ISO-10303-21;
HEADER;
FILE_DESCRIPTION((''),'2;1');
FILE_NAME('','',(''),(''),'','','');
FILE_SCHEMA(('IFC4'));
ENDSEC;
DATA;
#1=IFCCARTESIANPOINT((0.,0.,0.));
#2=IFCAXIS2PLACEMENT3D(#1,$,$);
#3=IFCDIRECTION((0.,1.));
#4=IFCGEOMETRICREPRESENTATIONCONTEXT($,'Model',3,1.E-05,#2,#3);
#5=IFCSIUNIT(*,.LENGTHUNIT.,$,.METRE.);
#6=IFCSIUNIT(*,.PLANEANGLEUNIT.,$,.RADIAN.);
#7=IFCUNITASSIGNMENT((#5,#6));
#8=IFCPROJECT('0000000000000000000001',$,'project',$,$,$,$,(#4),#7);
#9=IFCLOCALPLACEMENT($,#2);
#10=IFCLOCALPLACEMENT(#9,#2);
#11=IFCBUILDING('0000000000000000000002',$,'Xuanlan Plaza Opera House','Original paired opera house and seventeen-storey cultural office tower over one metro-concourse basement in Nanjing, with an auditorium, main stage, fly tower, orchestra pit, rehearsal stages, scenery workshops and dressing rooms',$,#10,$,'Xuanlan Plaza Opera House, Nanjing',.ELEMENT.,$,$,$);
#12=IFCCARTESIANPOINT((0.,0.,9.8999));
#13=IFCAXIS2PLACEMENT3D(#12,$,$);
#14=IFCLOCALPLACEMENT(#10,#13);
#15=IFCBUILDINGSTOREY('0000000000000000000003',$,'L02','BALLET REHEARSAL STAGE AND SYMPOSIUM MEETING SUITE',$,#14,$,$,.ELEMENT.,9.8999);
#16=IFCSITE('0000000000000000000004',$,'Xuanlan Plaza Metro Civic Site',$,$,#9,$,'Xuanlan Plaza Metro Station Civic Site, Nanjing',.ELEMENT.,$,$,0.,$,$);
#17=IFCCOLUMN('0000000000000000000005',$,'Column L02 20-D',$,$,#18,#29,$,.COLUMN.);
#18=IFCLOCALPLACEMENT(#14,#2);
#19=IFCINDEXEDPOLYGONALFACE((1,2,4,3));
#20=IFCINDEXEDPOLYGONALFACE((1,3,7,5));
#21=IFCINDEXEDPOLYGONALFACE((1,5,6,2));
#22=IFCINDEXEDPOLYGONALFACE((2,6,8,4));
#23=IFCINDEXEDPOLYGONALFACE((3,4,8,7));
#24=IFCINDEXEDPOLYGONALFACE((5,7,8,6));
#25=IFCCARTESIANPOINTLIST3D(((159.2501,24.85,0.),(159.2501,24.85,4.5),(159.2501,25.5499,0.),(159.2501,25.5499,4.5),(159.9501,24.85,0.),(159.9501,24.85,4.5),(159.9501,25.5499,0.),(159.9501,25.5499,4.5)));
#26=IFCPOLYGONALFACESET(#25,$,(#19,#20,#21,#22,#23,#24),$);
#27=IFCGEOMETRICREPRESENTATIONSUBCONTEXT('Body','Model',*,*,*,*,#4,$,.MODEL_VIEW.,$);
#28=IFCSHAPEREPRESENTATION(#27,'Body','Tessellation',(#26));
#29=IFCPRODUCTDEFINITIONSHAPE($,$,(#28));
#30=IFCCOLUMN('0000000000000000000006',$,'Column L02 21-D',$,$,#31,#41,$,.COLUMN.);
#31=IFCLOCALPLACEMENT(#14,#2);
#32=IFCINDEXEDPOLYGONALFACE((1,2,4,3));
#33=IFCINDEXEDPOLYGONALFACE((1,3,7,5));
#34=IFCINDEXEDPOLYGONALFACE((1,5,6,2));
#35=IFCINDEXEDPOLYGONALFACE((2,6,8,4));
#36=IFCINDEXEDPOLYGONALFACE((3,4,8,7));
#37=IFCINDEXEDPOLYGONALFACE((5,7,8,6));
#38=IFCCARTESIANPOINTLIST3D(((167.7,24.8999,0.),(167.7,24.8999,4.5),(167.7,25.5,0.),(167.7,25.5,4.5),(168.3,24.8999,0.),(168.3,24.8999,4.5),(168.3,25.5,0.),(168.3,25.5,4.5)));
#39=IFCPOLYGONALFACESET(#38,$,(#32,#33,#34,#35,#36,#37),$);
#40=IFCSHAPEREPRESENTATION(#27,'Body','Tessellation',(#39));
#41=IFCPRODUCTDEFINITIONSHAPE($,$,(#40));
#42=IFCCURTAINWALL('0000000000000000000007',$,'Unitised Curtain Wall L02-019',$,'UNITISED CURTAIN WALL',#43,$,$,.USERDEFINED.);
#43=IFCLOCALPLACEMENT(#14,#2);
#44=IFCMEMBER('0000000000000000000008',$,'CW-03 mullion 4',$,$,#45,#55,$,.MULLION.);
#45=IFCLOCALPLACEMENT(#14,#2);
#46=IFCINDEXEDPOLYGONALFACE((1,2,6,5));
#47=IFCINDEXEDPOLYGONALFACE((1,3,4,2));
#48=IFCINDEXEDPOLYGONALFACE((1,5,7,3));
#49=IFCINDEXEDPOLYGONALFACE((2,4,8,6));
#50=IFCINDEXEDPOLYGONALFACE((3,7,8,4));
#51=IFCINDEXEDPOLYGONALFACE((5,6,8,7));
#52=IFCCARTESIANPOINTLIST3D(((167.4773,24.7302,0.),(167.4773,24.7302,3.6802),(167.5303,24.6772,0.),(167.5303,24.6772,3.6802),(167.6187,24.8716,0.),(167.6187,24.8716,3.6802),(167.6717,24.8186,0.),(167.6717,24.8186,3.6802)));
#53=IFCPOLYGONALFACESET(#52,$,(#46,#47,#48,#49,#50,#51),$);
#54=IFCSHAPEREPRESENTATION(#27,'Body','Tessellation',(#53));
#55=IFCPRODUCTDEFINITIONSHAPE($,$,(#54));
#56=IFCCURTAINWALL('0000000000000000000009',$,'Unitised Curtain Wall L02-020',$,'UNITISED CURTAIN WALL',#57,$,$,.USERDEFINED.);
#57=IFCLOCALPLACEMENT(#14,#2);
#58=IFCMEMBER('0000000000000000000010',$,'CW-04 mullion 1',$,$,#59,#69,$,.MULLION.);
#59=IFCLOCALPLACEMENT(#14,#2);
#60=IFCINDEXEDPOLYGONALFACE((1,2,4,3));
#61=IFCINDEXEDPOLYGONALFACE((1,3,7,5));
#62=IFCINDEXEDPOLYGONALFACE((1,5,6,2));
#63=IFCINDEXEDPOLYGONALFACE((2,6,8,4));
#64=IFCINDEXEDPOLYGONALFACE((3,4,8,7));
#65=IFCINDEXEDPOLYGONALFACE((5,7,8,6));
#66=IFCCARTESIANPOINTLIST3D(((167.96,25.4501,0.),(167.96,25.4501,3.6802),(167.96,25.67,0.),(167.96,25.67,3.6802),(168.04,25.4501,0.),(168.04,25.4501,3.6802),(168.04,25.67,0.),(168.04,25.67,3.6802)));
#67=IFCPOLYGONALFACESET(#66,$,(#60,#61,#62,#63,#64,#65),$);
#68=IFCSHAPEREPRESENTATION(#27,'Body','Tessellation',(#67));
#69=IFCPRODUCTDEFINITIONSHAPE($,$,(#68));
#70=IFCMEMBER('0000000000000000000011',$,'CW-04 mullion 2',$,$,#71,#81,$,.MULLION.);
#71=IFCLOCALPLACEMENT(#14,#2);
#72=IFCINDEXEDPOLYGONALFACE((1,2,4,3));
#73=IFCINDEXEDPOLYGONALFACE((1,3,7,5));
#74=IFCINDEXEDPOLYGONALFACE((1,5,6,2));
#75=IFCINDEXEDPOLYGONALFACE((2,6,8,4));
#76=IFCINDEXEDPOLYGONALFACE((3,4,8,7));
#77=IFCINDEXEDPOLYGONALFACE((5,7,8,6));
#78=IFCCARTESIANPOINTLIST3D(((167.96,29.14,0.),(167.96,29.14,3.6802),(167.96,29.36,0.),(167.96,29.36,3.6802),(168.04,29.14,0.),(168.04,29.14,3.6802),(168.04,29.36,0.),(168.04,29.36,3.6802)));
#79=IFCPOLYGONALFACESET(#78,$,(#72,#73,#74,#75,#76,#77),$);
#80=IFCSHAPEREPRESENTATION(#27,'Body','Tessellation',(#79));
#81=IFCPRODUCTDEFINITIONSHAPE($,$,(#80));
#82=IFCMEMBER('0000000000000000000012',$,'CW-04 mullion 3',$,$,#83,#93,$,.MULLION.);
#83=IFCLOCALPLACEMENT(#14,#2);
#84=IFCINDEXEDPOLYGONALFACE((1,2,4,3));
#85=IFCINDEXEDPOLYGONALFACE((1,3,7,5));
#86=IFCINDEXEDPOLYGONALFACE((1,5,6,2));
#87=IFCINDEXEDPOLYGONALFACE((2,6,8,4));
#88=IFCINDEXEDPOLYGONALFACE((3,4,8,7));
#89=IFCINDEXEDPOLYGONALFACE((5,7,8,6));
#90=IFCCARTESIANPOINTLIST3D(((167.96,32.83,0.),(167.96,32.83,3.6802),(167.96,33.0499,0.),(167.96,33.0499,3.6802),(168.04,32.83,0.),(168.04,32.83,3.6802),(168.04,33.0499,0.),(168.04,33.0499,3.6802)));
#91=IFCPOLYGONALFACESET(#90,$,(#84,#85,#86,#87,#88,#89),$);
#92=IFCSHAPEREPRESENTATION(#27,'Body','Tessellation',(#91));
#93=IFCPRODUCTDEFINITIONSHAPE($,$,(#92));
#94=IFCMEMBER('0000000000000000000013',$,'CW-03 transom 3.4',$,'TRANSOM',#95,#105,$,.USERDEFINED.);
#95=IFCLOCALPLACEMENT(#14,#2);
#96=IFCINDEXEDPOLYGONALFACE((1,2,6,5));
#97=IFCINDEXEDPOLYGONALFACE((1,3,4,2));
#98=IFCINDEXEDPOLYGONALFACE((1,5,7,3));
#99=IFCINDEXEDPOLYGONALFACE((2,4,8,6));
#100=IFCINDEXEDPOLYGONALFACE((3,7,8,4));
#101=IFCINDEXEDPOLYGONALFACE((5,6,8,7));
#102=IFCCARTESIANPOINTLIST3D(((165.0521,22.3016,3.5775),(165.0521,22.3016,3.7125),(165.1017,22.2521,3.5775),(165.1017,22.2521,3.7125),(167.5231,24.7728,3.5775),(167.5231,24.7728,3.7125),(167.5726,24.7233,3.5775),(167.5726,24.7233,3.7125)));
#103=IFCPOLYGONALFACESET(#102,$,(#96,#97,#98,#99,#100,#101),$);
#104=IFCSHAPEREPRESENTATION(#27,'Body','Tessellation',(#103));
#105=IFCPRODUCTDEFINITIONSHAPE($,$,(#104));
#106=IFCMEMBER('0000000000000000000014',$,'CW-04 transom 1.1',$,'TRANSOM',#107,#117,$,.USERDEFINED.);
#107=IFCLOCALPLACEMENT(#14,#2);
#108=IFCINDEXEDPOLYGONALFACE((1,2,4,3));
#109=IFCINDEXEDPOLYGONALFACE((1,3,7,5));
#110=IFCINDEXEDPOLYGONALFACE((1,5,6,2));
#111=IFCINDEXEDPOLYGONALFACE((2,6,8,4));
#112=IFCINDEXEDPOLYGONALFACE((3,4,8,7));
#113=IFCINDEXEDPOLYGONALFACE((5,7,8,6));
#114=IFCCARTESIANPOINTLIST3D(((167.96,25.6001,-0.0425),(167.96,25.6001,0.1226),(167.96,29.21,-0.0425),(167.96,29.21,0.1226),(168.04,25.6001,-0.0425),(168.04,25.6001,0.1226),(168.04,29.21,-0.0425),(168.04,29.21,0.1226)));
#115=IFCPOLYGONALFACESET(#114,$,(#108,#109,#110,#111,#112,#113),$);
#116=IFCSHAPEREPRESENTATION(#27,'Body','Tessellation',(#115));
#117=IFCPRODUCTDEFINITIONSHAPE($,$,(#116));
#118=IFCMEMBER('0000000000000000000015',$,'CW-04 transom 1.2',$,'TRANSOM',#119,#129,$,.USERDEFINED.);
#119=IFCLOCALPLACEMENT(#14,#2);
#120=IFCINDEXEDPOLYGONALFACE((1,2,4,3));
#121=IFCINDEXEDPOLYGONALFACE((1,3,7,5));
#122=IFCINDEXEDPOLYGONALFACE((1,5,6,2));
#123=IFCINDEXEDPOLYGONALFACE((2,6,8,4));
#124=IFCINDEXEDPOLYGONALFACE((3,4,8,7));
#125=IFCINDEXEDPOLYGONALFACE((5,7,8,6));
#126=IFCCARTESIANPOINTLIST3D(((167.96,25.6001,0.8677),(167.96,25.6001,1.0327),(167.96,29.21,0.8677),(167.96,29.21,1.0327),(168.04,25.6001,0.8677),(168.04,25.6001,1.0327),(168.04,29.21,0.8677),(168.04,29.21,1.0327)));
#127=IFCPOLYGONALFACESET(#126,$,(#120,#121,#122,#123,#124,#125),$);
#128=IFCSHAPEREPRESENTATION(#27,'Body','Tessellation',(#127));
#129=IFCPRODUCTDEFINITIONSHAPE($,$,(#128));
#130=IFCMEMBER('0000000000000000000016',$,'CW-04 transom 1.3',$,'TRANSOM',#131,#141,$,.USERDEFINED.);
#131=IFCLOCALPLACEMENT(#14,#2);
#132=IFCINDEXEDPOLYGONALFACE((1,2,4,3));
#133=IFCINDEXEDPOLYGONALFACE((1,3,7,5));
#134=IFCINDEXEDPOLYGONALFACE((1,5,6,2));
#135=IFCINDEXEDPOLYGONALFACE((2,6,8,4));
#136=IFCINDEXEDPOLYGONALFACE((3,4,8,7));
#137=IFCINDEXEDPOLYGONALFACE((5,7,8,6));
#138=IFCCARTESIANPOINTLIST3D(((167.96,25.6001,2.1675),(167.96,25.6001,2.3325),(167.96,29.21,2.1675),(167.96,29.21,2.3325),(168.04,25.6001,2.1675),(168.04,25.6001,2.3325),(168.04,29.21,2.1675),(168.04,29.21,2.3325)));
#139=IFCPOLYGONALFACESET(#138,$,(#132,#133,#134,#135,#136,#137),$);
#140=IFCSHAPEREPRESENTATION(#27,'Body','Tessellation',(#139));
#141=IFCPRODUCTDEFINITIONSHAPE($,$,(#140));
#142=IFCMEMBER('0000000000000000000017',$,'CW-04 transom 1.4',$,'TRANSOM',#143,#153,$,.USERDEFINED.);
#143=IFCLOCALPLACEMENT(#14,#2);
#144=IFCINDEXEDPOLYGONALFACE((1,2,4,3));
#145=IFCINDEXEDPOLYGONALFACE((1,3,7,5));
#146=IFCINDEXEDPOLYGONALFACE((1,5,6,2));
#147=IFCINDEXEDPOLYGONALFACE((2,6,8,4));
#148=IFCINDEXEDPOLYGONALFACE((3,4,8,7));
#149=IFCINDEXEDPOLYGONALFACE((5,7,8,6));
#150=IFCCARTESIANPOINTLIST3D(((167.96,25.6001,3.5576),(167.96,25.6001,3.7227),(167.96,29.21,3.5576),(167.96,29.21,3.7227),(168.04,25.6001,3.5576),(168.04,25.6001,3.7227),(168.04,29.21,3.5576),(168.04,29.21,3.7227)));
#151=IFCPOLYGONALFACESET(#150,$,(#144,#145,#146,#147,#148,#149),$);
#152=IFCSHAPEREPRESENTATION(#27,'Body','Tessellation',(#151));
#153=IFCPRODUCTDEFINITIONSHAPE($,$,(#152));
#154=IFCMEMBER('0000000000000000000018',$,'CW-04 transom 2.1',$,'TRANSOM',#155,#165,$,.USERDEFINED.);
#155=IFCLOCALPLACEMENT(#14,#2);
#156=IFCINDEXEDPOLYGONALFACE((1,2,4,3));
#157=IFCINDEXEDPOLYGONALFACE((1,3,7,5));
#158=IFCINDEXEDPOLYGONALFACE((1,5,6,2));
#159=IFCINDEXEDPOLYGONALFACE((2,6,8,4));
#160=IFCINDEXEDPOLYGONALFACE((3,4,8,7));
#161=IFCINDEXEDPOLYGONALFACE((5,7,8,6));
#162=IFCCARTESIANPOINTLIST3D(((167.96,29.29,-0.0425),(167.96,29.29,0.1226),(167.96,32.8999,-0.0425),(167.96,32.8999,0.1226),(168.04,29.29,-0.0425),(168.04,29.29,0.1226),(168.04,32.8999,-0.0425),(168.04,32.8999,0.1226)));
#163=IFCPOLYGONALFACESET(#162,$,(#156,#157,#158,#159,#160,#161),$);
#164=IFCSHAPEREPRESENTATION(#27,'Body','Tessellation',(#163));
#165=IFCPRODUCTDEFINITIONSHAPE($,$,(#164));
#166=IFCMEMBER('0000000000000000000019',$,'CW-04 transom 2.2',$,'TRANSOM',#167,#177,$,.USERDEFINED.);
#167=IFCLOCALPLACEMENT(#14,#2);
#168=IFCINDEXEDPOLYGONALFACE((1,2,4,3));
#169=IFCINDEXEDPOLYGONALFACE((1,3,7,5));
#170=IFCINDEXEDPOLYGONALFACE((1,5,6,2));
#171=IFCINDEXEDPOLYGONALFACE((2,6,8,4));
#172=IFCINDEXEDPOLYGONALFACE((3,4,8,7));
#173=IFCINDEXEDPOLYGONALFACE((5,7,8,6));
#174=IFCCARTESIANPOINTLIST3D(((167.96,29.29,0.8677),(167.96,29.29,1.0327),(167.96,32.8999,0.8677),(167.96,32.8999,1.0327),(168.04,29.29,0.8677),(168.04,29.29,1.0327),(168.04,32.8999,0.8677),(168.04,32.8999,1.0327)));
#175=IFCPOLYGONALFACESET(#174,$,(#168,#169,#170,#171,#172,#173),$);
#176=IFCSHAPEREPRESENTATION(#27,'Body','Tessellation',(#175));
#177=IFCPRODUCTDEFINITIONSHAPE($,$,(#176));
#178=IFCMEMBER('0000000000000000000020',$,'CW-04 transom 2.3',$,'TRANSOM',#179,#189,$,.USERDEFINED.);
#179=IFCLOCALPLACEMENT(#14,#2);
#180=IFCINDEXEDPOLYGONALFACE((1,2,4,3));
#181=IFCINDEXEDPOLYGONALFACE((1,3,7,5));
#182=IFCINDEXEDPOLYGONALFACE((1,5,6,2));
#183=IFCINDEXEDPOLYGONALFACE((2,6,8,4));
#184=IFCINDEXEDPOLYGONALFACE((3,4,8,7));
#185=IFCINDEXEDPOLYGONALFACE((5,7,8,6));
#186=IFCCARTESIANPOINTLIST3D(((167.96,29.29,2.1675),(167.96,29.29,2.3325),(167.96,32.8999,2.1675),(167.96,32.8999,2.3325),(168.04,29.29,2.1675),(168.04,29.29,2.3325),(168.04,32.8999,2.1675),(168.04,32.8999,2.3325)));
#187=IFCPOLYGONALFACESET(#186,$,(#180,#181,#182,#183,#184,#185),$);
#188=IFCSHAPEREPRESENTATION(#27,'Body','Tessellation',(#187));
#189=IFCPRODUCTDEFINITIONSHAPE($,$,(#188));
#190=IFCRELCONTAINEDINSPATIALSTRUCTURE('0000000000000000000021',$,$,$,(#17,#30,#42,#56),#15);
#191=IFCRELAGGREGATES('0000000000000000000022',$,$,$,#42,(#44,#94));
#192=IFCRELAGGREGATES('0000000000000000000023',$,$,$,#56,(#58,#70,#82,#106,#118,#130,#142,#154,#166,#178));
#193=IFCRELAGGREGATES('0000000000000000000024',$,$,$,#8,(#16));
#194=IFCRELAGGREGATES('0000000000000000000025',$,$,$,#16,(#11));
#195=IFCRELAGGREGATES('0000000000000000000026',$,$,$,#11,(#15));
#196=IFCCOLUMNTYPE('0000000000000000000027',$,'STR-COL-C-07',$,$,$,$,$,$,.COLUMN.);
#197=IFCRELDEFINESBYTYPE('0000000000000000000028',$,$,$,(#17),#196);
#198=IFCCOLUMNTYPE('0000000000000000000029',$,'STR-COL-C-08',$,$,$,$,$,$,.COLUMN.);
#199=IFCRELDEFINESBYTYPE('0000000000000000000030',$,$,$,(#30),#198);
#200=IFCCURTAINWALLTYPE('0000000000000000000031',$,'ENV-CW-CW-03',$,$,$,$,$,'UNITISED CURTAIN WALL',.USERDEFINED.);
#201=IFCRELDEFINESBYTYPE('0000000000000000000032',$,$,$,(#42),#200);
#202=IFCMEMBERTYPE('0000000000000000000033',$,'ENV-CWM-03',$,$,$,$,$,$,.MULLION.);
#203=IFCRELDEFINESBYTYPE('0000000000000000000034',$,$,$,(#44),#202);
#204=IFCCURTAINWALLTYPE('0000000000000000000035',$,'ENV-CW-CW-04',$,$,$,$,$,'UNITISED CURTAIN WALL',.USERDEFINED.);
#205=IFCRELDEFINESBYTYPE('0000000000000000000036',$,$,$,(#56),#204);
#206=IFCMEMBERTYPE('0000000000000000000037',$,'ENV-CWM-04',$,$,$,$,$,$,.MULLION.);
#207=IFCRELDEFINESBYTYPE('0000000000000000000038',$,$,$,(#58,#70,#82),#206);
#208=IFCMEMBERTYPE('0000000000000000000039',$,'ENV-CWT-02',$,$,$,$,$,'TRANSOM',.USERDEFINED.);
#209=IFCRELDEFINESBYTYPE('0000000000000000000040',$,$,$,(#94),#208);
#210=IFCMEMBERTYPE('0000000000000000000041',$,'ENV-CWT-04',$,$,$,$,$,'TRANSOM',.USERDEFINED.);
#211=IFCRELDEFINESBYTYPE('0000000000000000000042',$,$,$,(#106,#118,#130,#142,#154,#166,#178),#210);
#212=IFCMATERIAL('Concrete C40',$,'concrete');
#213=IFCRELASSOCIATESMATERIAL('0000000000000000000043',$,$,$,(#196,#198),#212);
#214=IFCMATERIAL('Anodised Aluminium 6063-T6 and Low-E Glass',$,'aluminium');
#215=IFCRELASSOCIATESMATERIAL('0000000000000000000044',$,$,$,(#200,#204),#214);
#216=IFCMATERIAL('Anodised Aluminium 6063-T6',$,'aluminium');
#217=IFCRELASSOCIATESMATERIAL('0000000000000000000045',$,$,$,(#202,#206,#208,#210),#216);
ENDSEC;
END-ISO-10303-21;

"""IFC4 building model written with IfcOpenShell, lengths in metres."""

from ifc_helpers import new_model, si_unit, direction, frame, origin, origin_2d, place, context, subcontext, project, spatial, rectangle, extrude, material, material_profile, profile_set, type_object, element, aggregate, save


model = new_model("IFC4")

# Units and contexts
model_context = context("Model", 3, precision=1e-05, world=origin(), true_north=direction((0.0, 1.0)))
body_context = subcontext(model_context, "Body", "Model", "MODEL_VIEW")
ifc_project = project(units=[si_unit("LENGTHUNIT", "METRE"), si_unit("PLANEANGLEUNIT", "RADIAN")], contexts=[model_context])

# Site, building, storey
site_placement = place(None, origin())
site = spatial("IfcSite", under=ifc_project, at=site_placement, Name="Xuanlan Plaza Metro Civic Site", LongName="Xuanlan Plaza Metro Station Civic Site, Nanjing", CompositionType="ELEMENT", RefElevation=0.0)
building_placement = place(site_placement, origin())
building = spatial("IfcBuilding", under=site, at=building_placement, Name="Xuanlan Plaza Opera House", Description="Original paired opera house and seventeen-storey cultural office tower over one metro-concourse basement in Nanjing, with an auditorium, main stage, fly tower, orchestra pit, rehearsal stages, scenery workshops and dressing rooms", LongName="Xuanlan Plaza Opera House, Nanjing", CompositionType="ELEMENT")
storey_placement = place(building_placement, frame((0.0, 0.0, 9.8999)))
storey = spatial("IfcBuildingStorey", under=building, at=storey_placement, Name="L02", Description="BALLET REHEARSAL STAGE AND SYMPOSIUM MEETING SUITE", CompositionType="ELEMENT", Elevation=9.8999)

# Columns
ifc_material_1 = material(Name="Concrete C40", Category="concrete")
ifc_material_profile_1 = material_profile(ifc_material_1, rectangle(XDim=0.7, YDim=0.7, at=origin_2d()), Name="RC-COL 700x700")
ifc_profile_set_1 = profile_set([ifc_material_profile_1], Name="Concrete C40")
column_type_1 = type_object("IfcColumnType", Name="STR-COL-C-07", PredefinedType="COLUMN", material=ifc_profile_set_1)
column_1_placement = place(storey_placement, frame((159.6001, 25.2, 0.0), z_axis=(0.0, 0.0, 1.0), x_axis=(1.0, 0.0, 0.0)))
element("IfcColumn", 1, at=column_1_placement, inside=storey, type_object=column_type_1, Name="Column L02 20-D", PredefinedType="COLUMN", context=body_context, shape_type="SweptSolid", body=[
    extrude(rectangle(XDim=0.7, YDim=0.7, at=origin_2d()), origin(), (0.0, 0.0, 1.0), 4.5),
])
ifc_material_profile_2 = material_profile(ifc_material_1, rectangle(XDim=0.6001, YDim=0.6001, at=origin_2d()), Name="RC-COL 600x600")
ifc_profile_set_2 = profile_set([ifc_material_profile_2], Name="Concrete C40")
column_type_2 = type_object("IfcColumnType", Name="STR-COL-C-08", PredefinedType="COLUMN", material=ifc_profile_set_2)
column_2_placement = place(storey_placement, frame((168.0, 25.2, 0.0), z_axis=(0.0, 0.0, 1.0), x_axis=(1.0, 0.0, 0.0)))
element("IfcColumn", 2, at=column_2_placement, inside=storey, type_object=column_type_2, Name="Column L02 21-D", PredefinedType="COLUMN", context=body_context, shape_type="SweptSolid", body=[
    extrude(rectangle(XDim=0.6001, YDim=0.6001, at=origin_2d()), origin(), (0.0, 0.0, 1.0), 4.5),
])

# Curtain wall, member
ifc_material_2 = material(Name="Anodised Aluminium 6063-T6 and Low-E Glass", Category="aluminium")
curtain_wall_type_1 = type_object("IfcCurtainWallType", Name="ENV-CW-CW-03", ElementType="UNITISED CURTAIN WALL", PredefinedType="USERDEFINED", material=ifc_material_2)
curtain_wall_1_placement = place(storey_placement, origin())
curtain_wall_1 = element("IfcCurtainWall", 3, at=curtain_wall_1_placement, inside=storey, type_object=curtain_wall_type_1, Name="Unitised Curtain Wall L02-019", ObjectType="UNITISED CURTAIN WALL", PredefinedType="USERDEFINED")
ifc_material_3 = material(Name="Anodised Aluminium 6063-T6", Category="aluminium")
ifc_material_profile_3 = material_profile(ifc_material_3, rectangle(XDim=0.075, YDim=0.2, at=origin_2d()), Name="ALU-M 75x200")
ifc_profile_set_3 = profile_set([ifc_material_profile_3], Name="Anodised Aluminium 6063-T6")
member_type_1 = type_object("IfcMemberType", Name="ENV-CWM-03", PredefinedType="MULLION", material=ifc_profile_set_3)
member_1_placement = place(storey_placement, frame((167.5745, 24.7744, 0.0), z_axis=(0.0, 0.0, 1.0), x_axis=(-0.707107, 0.707107, 0.0)))
member_1 = element("IfcMember", 4, at=member_1_placement, type_object=member_type_1, Name="CW-03 mullion 4", PredefinedType="MULLION", context=body_context, shape_type="SweptSolid", body=[
    extrude(rectangle(XDim=0.075, YDim=0.2, at=origin_2d()), origin(), (0.0, 0.0, 1.0), 3.6802),
])

# Curtain wall, members
curtain_wall_type_2 = type_object("IfcCurtainWallType", Name="ENV-CW-CW-04", ElementType="UNITISED CURTAIN WALL", PredefinedType="USERDEFINED", material=ifc_material_2)
curtain_wall_2_placement = place(storey_placement, origin())
curtain_wall_2 = element("IfcCurtainWall", 5, at=curtain_wall_2_placement, inside=storey, type_object=curtain_wall_type_2, Name="Unitised Curtain Wall L02-020", ObjectType="UNITISED CURTAIN WALL", PredefinedType="USERDEFINED")
ifc_material_profile_4 = material_profile(ifc_material_3, rectangle(XDim=0.0801, YDim=0.22, at=origin_2d()), Name="ALU-M 80x220")
ifc_profile_set_4 = profile_set([ifc_material_profile_4], Name="Anodised Aluminium 6063-T6")
member_type_2 = type_object("IfcMemberType", Name="ENV-CWM-04", PredefinedType="MULLION", material=ifc_profile_set_4)
member_2_placement = place(storey_placement, frame((168.0, 25.5601, 0.0), z_axis=(0.0, 0.0, 1.0), x_axis=(-1.0, 0.0, 0.0)))
member_2 = element("IfcMember", 6, at=member_2_placement, type_object=member_type_2, Name="CW-04 mullion 1", PredefinedType="MULLION", context=body_context, shape_type="SweptSolid", body=[
    extrude(rectangle(XDim=0.0801, YDim=0.22, at=origin_2d()), origin(), (0.0, 0.0, 1.0), 3.6802),
])
member_3_placement = place(storey_placement, frame((168.0, 29.25, 0.0), z_axis=(0.0, 0.0, 1.0), x_axis=(-1.0, 0.0, 0.0)))
member_3 = element("IfcMember", 7, at=member_3_placement, type_object=member_type_2, Name="CW-04 mullion 2", PredefinedType="MULLION", context=body_context, shape_type="SweptSolid", body=[
    extrude(rectangle(XDim=0.0801, YDim=0.22, at=origin_2d()), origin(), (0.0, 0.0, 1.0), 3.6802),
])
member_4_placement = place(storey_placement, frame((168.0, 32.9399, 0.0), z_axis=(0.0, 0.0, 1.0), x_axis=(-1.0, 0.0, 0.0)))
member_4 = element("IfcMember", 8, at=member_4_placement, type_object=member_type_2, Name="CW-04 mullion 3", PredefinedType="MULLION", context=body_context, shape_type="SweptSolid", body=[
    extrude(rectangle(XDim=0.0801, YDim=0.22, at=origin_2d()), origin(), (0.0, 0.0, 1.0), 3.6802),
])

# Members
ifc_material_profile_5 = material_profile(ifc_material_3, rectangle(XDim=0.0701, YDim=0.135, at=origin_2d()), Name="ALU-T 70x135")
ifc_profile_set_5 = profile_set([ifc_material_profile_5], Name="Anodised Aluminium 6063-T6")
member_type_3 = type_object("IfcMemberType", Name="ENV-CWT-02", ElementType="TRANSOM", PredefinedType="USERDEFINED", material=ifc_profile_set_5)
member_5_placement = place(storey_placement, frame((165.0769, 22.2769, 3.645), z_axis=(0.707072, 0.707142, 0.0), x_axis=(-0.707142, 0.707072, 0.0)))
member_5 = element("IfcMember", 9, at=member_5_placement, type_object=member_type_3, Name="CW-03 transom 3.4", ObjectType="TRANSOM", PredefinedType="USERDEFINED", context=body_context, shape_type="SweptSolid", body=[
    extrude(rectangle(XDim=0.0701, YDim=0.135, at=origin_2d()), origin(), (0.0, 0.0, 1.0), 3.4946),
])
ifc_material_profile_6 = material_profile(ifc_material_3, rectangle(XDim=0.0801, YDim=0.165, at=origin_2d()), Name="ALU-T 80x165")
ifc_profile_set_6 = profile_set([ifc_material_profile_6], Name="Anodised Aluminium 6063-T6")
member_type_4 = type_object("IfcMemberType", Name="ENV-CWT-04", ElementType="TRANSOM", PredefinedType="USERDEFINED", material=ifc_profile_set_6)
member_6_placement = place(storey_placement, frame((168.0, 25.6001, 0.04), z_axis=(0.0, 1.0, 0.0), x_axis=(-1.0, 0.0, 0.0)))
member_6 = element("IfcMember", 10, at=member_6_placement, type_object=member_type_4, Name="CW-04 transom 1.1", ObjectType="TRANSOM", PredefinedType="USERDEFINED", context=body_context, shape_type="SweptSolid", body=[
    extrude(rectangle(XDim=0.0801, YDim=0.165, at=origin_2d()), origin(), (0.0, 0.0, 1.0), 3.6099),
])
member_7_placement = place(storey_placement, frame((168.0, 25.6001, 0.9502), z_axis=(0.0, 1.0, 0.0), x_axis=(-1.0, 0.0, 0.0)))
member_7 = element("IfcMember", 11, at=member_7_placement, type_object=member_type_4, Name="CW-04 transom 1.2", ObjectType="TRANSOM", PredefinedType="USERDEFINED", context=body_context, shape_type="SweptSolid", body=[
    extrude(rectangle(XDim=0.0801, YDim=0.165, at=origin_2d()), origin(), (0.0, 0.0, 1.0), 3.6099),
])
member_8_placement = place(storey_placement, frame((168.0, 25.6001, 2.25), z_axis=(0.0, 1.0, 0.0), x_axis=(-1.0, 0.0, 0.0)))
member_8 = element("IfcMember", 12, at=member_8_placement, type_object=member_type_4, Name="CW-04 transom 1.3", ObjectType="TRANSOM", PredefinedType="USERDEFINED", context=body_context, shape_type="SweptSolid", body=[
    extrude(rectangle(XDim=0.0801, YDim=0.165, at=origin_2d()), origin(), (0.0, 0.0, 1.0), 3.6099),
])
member_9_placement = place(storey_placement, frame((168.0, 25.6001, 3.6401), z_axis=(0.0, 1.0, 0.0), x_axis=(-1.0, 0.0, 0.0)))
member_9 = element("IfcMember", 13, at=member_9_placement, type_object=member_type_4, Name="CW-04 transom 1.4", ObjectType="TRANSOM", PredefinedType="USERDEFINED", context=body_context, shape_type="SweptSolid", body=[
    extrude(rectangle(XDim=0.0801, YDim=0.165, at=origin_2d()), origin(), (0.0, 0.0, 1.0), 3.6099),
])
member_10_placement = place(storey_placement, frame((168.0, 29.29, 0.04), z_axis=(0.0, 1.0, 0.0), x_axis=(-1.0, 0.0, 0.0)))
member_10 = element("IfcMember", 14, at=member_10_placement, type_object=member_type_4, Name="CW-04 transom 2.1", ObjectType="TRANSOM", PredefinedType="USERDEFINED", context=body_context, shape_type="SweptSolid", body=[
    extrude(rectangle(XDim=0.0801, YDim=0.165, at=origin_2d()), origin(), (0.0, 0.0, 1.0), 3.6099),
])
member_11_placement = place(storey_placement, frame((168.0, 29.29, 0.9502), z_axis=(0.0, 1.0, 0.0), x_axis=(-1.0, 0.0, 0.0)))
member_11 = element("IfcMember", 15, at=member_11_placement, type_object=member_type_4, Name="CW-04 transom 2.2", ObjectType="TRANSOM", PredefinedType="USERDEFINED", context=body_context, shape_type="SweptSolid", body=[
    extrude(rectangle(XDim=0.0801, YDim=0.165, at=origin_2d()), origin(), (0.0, 0.0, 1.0), 3.6099),
])
member_12_placement = place(storey_placement, frame((168.0, 29.29, 2.25), z_axis=(0.0, 1.0, 0.0), x_axis=(-1.0, 0.0, 0.0)))
member_12 = element("IfcMember", 16, at=member_12_placement, type_object=member_type_4, Name="CW-04 transom 2.3", ObjectType="TRANSOM", PredefinedType="USERDEFINED", context=body_context, shape_type="SweptSolid", body=[
    extrude(rectangle(XDim=0.0801, YDim=0.165, at=origin_2d()), origin(), (0.0, 0.0, 1.0), 3.6099),
])

aggregate(curtain_wall_1, [member_1, member_5])
aggregate(curtain_wall_2, [member_2, member_3, member_4, member_6, member_7, member_8, member_9, member_10, member_11, member_12])

save(model, "model.ifc")
